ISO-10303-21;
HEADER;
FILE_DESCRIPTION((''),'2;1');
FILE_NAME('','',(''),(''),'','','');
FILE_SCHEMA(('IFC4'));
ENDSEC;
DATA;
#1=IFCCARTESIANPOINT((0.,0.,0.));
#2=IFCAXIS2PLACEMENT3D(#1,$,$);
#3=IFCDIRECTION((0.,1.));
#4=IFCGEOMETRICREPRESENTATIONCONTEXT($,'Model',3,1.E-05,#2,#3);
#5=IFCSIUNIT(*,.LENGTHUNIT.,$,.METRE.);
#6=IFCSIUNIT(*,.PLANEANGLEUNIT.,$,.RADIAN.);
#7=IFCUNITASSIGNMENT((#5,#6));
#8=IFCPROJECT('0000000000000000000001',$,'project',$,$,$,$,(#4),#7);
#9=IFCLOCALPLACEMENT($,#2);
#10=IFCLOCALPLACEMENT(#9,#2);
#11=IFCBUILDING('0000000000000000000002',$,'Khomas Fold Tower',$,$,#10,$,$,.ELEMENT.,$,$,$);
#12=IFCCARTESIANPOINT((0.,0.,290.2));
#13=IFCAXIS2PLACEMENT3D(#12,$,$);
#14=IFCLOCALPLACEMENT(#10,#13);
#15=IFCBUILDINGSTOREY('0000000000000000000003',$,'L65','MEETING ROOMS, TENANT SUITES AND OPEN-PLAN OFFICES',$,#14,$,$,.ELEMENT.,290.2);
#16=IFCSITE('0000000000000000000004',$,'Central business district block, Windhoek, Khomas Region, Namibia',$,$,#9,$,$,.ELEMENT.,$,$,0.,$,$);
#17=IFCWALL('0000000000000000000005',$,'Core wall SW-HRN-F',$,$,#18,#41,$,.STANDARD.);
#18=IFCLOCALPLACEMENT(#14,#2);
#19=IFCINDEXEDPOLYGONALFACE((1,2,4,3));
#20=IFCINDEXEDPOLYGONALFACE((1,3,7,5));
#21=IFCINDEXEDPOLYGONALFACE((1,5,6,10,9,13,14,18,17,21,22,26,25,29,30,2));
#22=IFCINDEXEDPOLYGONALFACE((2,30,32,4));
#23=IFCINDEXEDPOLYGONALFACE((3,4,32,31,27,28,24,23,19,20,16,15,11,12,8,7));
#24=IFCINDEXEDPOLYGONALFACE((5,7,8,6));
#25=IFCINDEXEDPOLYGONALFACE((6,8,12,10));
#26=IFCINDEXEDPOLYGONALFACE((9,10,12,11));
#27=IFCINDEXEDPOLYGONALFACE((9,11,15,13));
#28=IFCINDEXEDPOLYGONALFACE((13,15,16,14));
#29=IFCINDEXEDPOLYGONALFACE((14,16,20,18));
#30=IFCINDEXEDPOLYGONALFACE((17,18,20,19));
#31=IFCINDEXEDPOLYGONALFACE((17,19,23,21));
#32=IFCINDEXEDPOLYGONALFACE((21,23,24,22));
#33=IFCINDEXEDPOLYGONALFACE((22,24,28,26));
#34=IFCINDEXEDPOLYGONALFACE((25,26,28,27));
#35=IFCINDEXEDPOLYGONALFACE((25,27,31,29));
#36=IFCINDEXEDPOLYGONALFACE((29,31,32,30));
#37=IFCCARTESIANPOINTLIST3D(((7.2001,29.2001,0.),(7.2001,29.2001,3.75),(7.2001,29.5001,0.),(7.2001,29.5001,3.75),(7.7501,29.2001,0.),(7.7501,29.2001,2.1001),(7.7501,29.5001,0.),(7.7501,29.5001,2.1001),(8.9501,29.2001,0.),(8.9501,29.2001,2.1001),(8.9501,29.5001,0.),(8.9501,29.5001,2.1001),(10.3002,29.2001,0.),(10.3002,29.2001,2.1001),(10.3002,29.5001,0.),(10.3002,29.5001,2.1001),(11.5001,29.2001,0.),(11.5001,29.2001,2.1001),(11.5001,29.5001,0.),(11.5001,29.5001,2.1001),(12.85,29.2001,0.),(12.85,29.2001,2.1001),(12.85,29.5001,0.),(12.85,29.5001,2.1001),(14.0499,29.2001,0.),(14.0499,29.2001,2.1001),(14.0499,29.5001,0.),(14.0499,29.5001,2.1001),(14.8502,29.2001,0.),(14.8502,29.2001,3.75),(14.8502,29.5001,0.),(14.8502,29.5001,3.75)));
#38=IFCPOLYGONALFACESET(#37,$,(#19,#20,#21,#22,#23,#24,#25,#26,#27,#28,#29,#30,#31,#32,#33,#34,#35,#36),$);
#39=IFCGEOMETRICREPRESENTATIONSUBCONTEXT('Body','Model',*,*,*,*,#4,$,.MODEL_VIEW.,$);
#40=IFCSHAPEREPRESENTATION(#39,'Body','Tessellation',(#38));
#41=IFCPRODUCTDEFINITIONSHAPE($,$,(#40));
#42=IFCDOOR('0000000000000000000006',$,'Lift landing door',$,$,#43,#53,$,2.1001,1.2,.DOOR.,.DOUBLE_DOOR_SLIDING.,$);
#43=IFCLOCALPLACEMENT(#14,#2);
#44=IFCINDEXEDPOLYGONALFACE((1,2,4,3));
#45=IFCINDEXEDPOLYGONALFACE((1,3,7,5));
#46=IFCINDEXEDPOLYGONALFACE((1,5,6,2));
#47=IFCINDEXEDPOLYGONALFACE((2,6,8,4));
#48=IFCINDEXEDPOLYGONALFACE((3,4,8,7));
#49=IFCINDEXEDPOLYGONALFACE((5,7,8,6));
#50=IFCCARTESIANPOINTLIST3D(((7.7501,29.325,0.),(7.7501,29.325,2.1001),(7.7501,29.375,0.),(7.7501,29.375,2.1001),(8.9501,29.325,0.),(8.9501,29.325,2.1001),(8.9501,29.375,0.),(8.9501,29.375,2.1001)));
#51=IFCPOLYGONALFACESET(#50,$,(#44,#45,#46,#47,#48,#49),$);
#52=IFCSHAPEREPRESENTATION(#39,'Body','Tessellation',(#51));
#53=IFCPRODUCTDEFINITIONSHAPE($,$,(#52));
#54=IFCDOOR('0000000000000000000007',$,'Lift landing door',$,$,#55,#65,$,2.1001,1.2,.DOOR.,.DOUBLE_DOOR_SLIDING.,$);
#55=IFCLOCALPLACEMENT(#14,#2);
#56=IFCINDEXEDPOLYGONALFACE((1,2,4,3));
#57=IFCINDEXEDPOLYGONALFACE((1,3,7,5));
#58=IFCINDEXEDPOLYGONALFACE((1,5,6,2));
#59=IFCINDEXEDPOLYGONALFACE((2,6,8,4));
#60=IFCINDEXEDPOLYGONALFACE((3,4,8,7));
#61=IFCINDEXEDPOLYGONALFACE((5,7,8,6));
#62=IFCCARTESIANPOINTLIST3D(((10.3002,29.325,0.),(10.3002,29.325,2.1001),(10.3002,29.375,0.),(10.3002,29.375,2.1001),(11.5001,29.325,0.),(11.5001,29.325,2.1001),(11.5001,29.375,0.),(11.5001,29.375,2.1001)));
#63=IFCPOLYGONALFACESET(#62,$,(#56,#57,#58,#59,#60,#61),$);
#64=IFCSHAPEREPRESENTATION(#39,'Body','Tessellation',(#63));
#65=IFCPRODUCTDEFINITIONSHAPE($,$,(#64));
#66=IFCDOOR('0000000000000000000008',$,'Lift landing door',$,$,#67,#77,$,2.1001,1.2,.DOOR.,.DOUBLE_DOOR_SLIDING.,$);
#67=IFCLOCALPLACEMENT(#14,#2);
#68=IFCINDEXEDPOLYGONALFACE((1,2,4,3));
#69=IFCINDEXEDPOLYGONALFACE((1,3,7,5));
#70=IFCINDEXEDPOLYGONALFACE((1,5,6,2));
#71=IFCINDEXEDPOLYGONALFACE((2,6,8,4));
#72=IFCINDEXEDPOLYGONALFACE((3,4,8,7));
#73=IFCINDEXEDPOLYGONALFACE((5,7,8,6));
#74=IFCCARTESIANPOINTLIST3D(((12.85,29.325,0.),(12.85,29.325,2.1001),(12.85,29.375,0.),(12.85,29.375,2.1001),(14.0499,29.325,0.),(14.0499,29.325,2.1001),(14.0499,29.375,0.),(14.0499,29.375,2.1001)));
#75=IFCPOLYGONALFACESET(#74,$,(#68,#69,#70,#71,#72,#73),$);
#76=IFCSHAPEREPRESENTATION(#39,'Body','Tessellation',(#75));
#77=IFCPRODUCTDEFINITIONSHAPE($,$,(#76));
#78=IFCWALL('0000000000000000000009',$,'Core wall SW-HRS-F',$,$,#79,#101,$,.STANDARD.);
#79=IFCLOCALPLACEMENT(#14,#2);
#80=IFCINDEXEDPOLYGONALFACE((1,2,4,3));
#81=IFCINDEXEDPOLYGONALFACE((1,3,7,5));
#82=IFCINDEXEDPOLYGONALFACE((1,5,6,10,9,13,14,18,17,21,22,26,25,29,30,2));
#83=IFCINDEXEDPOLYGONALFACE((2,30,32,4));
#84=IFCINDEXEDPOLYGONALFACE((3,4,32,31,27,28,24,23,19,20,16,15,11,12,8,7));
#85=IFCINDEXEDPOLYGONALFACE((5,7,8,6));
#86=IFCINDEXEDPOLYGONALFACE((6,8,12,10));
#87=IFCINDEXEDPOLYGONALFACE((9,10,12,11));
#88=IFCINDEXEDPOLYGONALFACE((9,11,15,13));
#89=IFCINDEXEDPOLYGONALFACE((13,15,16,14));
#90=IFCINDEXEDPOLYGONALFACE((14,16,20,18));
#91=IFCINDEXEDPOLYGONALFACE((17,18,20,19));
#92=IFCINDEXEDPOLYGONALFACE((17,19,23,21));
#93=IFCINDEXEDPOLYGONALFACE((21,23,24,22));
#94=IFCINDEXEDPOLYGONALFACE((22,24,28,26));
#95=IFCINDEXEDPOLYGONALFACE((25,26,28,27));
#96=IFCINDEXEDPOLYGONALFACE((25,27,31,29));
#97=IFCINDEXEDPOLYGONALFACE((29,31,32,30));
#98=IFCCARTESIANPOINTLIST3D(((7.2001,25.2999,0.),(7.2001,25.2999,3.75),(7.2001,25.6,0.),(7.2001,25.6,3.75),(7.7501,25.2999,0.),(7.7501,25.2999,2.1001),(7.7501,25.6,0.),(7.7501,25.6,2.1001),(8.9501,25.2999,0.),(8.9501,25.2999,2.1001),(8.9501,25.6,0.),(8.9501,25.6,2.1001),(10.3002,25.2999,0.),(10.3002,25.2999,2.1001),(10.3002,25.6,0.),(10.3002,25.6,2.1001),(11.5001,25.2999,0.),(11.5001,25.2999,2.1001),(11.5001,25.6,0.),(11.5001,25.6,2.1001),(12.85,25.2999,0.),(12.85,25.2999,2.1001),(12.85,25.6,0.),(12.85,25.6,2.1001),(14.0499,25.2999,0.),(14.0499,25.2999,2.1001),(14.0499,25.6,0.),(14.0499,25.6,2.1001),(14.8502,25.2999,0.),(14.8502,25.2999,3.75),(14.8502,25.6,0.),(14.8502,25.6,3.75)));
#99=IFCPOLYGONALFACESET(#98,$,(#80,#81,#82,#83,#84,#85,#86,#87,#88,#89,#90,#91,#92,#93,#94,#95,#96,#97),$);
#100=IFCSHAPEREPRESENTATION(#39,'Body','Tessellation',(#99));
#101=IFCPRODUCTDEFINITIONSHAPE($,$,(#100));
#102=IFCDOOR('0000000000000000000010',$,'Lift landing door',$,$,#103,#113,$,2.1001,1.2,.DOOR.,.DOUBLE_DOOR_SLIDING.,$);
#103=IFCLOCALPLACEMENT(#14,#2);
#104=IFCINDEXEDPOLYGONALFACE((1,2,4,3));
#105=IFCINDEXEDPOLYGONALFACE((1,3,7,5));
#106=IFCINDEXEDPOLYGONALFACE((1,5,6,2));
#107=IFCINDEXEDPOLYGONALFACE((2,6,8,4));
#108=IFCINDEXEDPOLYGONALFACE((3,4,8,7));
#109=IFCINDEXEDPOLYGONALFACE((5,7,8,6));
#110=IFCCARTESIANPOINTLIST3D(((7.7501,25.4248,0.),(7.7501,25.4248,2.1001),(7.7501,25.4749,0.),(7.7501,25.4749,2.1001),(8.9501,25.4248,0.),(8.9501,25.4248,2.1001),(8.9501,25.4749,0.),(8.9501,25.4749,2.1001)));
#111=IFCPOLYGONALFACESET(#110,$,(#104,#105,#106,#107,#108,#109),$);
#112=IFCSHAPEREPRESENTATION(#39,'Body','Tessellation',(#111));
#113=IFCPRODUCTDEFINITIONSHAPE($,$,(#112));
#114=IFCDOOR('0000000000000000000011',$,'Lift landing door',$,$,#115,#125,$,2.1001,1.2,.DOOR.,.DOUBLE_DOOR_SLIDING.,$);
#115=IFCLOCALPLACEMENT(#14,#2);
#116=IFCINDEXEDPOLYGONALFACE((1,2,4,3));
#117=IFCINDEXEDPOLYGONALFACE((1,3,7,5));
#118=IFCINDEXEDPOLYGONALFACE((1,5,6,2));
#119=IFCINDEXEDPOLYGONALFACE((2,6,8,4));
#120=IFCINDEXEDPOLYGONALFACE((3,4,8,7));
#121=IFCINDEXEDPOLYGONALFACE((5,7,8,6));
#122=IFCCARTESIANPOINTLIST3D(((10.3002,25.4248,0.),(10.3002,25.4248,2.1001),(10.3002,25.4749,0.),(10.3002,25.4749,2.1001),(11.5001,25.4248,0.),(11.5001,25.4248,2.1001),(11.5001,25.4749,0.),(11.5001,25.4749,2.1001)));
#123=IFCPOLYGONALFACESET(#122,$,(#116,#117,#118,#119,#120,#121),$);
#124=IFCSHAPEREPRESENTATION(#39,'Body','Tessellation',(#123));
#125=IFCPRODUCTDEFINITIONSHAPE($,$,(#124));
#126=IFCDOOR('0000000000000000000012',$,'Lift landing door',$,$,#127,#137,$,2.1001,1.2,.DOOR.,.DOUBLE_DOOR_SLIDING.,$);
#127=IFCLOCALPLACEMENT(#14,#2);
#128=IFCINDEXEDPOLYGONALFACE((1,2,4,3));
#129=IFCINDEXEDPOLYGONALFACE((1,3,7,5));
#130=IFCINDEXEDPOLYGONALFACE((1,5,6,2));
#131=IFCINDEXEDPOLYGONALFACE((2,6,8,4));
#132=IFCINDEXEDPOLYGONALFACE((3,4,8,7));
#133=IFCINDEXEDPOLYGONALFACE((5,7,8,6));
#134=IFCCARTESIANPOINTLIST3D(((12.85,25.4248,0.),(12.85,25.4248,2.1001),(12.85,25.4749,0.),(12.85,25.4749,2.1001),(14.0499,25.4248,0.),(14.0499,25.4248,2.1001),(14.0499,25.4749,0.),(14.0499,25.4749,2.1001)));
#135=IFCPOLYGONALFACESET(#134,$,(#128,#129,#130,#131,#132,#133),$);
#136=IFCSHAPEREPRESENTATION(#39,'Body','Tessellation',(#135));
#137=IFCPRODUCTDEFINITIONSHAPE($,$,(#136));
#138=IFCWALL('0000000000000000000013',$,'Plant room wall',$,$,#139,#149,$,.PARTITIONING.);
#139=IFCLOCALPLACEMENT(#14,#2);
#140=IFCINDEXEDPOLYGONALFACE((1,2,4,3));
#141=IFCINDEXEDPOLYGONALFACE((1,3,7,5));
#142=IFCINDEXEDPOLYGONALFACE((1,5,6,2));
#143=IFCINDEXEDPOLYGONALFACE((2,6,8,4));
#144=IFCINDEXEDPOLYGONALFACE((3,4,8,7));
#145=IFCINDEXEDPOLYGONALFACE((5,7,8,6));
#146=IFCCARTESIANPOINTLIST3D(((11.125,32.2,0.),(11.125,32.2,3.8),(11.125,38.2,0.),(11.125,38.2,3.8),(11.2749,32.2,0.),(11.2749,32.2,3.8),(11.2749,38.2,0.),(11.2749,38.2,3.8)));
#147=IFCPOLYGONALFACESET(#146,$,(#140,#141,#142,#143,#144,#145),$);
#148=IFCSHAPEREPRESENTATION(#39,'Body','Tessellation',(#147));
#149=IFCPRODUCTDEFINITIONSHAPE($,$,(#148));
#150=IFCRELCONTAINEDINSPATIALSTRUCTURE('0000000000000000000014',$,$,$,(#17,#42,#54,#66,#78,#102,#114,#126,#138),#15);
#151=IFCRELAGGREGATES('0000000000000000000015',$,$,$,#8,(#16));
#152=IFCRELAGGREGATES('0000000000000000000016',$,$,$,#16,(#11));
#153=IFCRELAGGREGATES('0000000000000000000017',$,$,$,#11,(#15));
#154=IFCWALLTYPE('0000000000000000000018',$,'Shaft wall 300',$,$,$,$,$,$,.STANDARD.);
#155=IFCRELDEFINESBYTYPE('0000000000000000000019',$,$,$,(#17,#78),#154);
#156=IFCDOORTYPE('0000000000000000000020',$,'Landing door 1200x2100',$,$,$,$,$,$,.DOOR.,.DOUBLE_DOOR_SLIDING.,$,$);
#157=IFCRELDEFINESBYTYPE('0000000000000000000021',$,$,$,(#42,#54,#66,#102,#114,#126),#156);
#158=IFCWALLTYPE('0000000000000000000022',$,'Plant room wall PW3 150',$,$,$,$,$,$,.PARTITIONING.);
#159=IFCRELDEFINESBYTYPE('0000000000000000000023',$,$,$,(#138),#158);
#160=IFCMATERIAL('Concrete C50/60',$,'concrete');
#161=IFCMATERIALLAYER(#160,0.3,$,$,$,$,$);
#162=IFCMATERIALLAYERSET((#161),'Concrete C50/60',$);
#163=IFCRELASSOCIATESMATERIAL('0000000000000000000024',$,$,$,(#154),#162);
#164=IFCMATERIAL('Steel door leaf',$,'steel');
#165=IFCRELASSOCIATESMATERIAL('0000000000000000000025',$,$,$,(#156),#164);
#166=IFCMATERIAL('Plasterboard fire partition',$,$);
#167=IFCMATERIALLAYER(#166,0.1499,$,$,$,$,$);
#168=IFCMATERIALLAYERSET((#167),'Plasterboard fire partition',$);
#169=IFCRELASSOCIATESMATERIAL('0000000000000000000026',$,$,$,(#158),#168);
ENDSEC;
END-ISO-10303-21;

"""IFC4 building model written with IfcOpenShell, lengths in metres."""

from ifc_helpers import new_model, si_unit, direction, frame, frame_2d, origin, place, context, subcontext, project, spatial, rectangle, extrude, source, transform, mapped, material, layer, layer_set, type_object, element, fill, save


model = new_model("IFC4")

# Units and contexts
model_context = context("Model", 3, precision=1e-05, world=origin(), true_north=direction((0.0, 1.0)))
body_context = subcontext(model_context, "Body", "Model", "MODEL_VIEW")
ifc_project = project(units=[si_unit("LENGTHUNIT", "METRE"), si_unit("PLANEANGLEUNIT", "RADIAN")], contexts=[model_context])

# Site, building, storey
site_placement = place(None, origin())
site = spatial("IfcSite", under=ifc_project, at=site_placement, Name="Central business district block, Windhoek, Khomas Region, Namibia", CompositionType="ELEMENT", RefElevation=0.0)
building_placement = place(site_placement, origin())
building = spatial("IfcBuilding", under=site, at=building_placement, Name="Khomas Fold Tower", CompositionType="ELEMENT")
storey_placement = place(building_placement, frame((0.0, 0.0, 290.2)))
storey = spatial("IfcBuildingStorey", under=building, at=storey_placement, Name="L65", Description="MEETING ROOMS, TENANT SUITES AND OPEN-PLAN OFFICES", CompositionType="ELEMENT", Elevation=290.2)

# Shared definitions
ifc_material_1 = material(Name="Concrete C50/60", Category="concrete")
ifc_layer_1 = layer(ifc_material_1, 0.3)
ifc_layer_set_1 = layer_set([ifc_layer_1], Name="Concrete C50/60")
wall_type_1 = type_object("IfcWallType", Name="Shaft wall 300", PredefinedType="STANDARD", material=ifc_layer_set_1)
shared_shape_1 = source(origin(), body_context, "Body", "SweptSolid", [
    extrude(rectangle(XDim=7.6501, YDim=0.3, at=frame_2d((3.8252, 0.0))), origin(), (0.0, 0.0, 1.0), 3.75),
])

# Walls, openings, doors
wall_1_placement = place(storey_placement, frame((7.2, 29.3501, 0.0), z_axis=(0.0, 0.0, 1.0), x_axis=(1.0, 0.0, 0.0)))
wall_1 = element("IfcWall", 1, at=wall_1_placement, inside=storey, type_object=wall_type_1, Name="Core wall SW-HRN-F", PredefinedType="STANDARD", context=body_context, shape_type="MappedRepresentation", body=[
    mapped(shared_shape_1, transform((0.0, 0.0, 0.0))),
])
shared_shape_2 = source(origin(), body_context, "Body", "SweptSolid", [
    extrude(rectangle(XDim=1.2, YDim=2.1001, at=frame_2d((0.6001, 1.05))), frame((0.0, 0.1599, 0.0), z_axis=(0.0, -1.0, 0.0), x_axis=(1.0, 0.0, 0.0)), (0.0, 0.0, 1.0), 0.3201),
])
opening_1_placement = place(wall_1_placement, frame((0.55, 0.0, 0.0)))
opening_1 = element("IfcOpeningElement", 2, at=opening_1_placement, cuts=wall_1, PredefinedType="OPENING", context=body_context, shape_type="MappedRepresentation", body=[
    mapped(shared_shape_2, transform((0.0, 0.0, 0.0))),
])
opening_2_placement = place(wall_1_placement, frame((3.1001, 0.0, 0.0)))
opening_2 = element("IfcOpeningElement", 3, at=opening_2_placement, cuts=wall_1, PredefinedType="OPENING", context=body_context, shape_type="MappedRepresentation", body=[
    mapped(shared_shape_2, transform((0.0, 0.0, 0.0))),
])
opening_3_placement = place(wall_1_placement, frame((5.6499, 0.0, 0.0)))
opening_3 = element("IfcOpeningElement", 4, at=opening_3_placement, cuts=wall_1, PredefinedType="OPENING", context=body_context, shape_type="MappedRepresentation", body=[
    mapped(shared_shape_2, transform((0.0, 0.0, 0.0))),
])
ifc_material_2 = material(Name="Steel door leaf", Category="steel")
door_type_1 = type_object("IfcDoorType", Name="Landing door 1200x2100", OperationType="DOUBLE_DOOR_SLIDING", PredefinedType="DOOR", material=ifc_material_2)
shared_shape_3 = source(origin(), body_context, "Body", "SweptSolid", [
    extrude(rectangle(XDim=1.2, YDim=2.1001, at=frame_2d((0.6001, 1.05))), frame((0.0, 0.0249, 0.0), z_axis=(0.0, -1.0, 0.0), x_axis=(1.0, 0.0, 0.0)), (0.0, 0.0, 1.0), 0.05),
])
door_1_placement = place(opening_1_placement, origin())
door_1 = element("IfcDoor", 5, at=door_1_placement, inside=storey, type_object=door_type_1, Name="Lift landing door", OperationType="DOUBLE_DOOR_SLIDING", OverallHeight=2.1001, OverallWidth=1.2, PredefinedType="DOOR", context=body_context, shape_type="MappedRepresentation", body=[
    mapped(shared_shape_3, transform((0.0, 0.0, 0.0))),
])
fill(opening_1, door_1)
door_2_placement = place(opening_2_placement, origin())
door_2 = element("IfcDoor", 6, at=door_2_placement, inside=storey, type_object=door_type_1, Name="Lift landing door", OperationType="DOUBLE_DOOR_SLIDING", OverallHeight=2.1001, OverallWidth=1.2, PredefinedType="DOOR", context=body_context, shape_type="MappedRepresentation", body=[
    mapped(shared_shape_3, transform((0.0, 0.0, 0.0))),
])
fill(opening_2, door_2)
door_3_placement = place(opening_3_placement, origin())
door_3 = element("IfcDoor", 7, at=door_3_placement, inside=storey, type_object=door_type_1, Name="Lift landing door", OperationType="DOUBLE_DOOR_SLIDING", OverallHeight=2.1001, OverallWidth=1.2, PredefinedType="DOOR", context=body_context, shape_type="MappedRepresentation", body=[
    mapped(shared_shape_3, transform((0.0, 0.0, 0.0))),
])
fill(opening_3, door_3)
wall_2_placement = place(storey_placement, frame((7.2, 25.45, 0.0), z_axis=(0.0, 0.0, 1.0), x_axis=(1.0, 0.0, 0.0)))
wall_2 = element("IfcWall", 8, at=wall_2_placement, inside=storey, type_object=wall_type_1, Name="Core wall SW-HRS-F", PredefinedType="STANDARD", context=body_context, shape_type="MappedRepresentation", body=[
    mapped(shared_shape_1, transform((0.0, 0.0, 0.0))),
])
opening_4_placement = place(wall_2_placement, frame((0.55, 0.0, 0.0)))
opening_4 = element("IfcOpeningElement", 9, at=opening_4_placement, cuts=wall_2, PredefinedType="OPENING", context=body_context, shape_type="MappedRepresentation", body=[
    mapped(shared_shape_2, transform((0.0, 0.0, 0.0))),
])
opening_5_placement = place(wall_2_placement, frame((3.1001, 0.0, 0.0)))
opening_5 = element("IfcOpeningElement", 10, at=opening_5_placement, cuts=wall_2, PredefinedType="OPENING", context=body_context, shape_type="MappedRepresentation", body=[
    mapped(shared_shape_2, transform((0.0, 0.0, 0.0))),
])
opening_6_placement = place(wall_2_placement, frame((5.6499, 0.0, 0.0)))
opening_6 = element("IfcOpeningElement", 11, at=opening_6_placement, cuts=wall_2, PredefinedType="OPENING", context=body_context, shape_type="MappedRepresentation", body=[
    mapped(shared_shape_2, transform((0.0, 0.0, 0.0))),
])
door_4_placement = place(opening_4_placement, origin())
door_4 = element("IfcDoor", 12, at=door_4_placement, inside=storey, type_object=door_type_1, Name="Lift landing door", OperationType="DOUBLE_DOOR_SLIDING", OverallHeight=2.1001, OverallWidth=1.2, PredefinedType="DOOR", context=body_context, shape_type="MappedRepresentation", body=[
    mapped(shared_shape_3, transform((0.0, 0.0, 0.0))),
])
fill(opening_4, door_4)
door_5_placement = place(opening_5_placement, origin())
door_5 = element("IfcDoor", 13, at=door_5_placement, inside=storey, type_object=door_type_1, Name="Lift landing door", OperationType="DOUBLE_DOOR_SLIDING", OverallHeight=2.1001, OverallWidth=1.2, PredefinedType="DOOR", context=body_context, shape_type="MappedRepresentation", body=[
    mapped(shared_shape_3, transform((0.0, 0.0, 0.0))),
])
fill(opening_5, door_5)
door_6_placement = place(opening_6_placement, origin())
door_6 = element("IfcDoor", 14, at=door_6_placement, inside=storey, type_object=door_type_1, Name="Lift landing door", OperationType="DOUBLE_DOOR_SLIDING", OverallHeight=2.1001, OverallWidth=1.2, PredefinedType="DOOR", context=body_context, shape_type="MappedRepresentation", body=[
    mapped(shared_shape_3, transform((0.0, 0.0, 0.0))),
])
fill(opening_6, door_6)

# Wall
ifc_material_3 = material(Name="Plasterboard fire partition")
ifc_layer_2 = layer(ifc_material_3, 0.1499)
ifc_layer_set_2 = layer_set([ifc_layer_2], Name="Plasterboard fire partition")
wall_type_2 = type_object("IfcWallType", Name="Plant room wall PW3 150", PredefinedType="PARTITIONING", material=ifc_layer_set_2)
shared_shape_4 = source(origin(), body_context, "Body", "SweptSolid", [
    extrude(rectangle(XDim=6.0, YDim=0.1499, at=frame_2d((3.0, 0.0))), origin(), (0.0, 0.0, 1.0), 3.8),
])
wall_3_placement = place(storey_placement, frame((11.2, 32.2, 0.0), z_axis=(0.0, 0.0, 1.0), x_axis=(0.0, 1.0, 0.0)))
element("IfcWall", 15, at=wall_3_placement, inside=storey, type_object=wall_type_2, Name="Plant room wall", PredefinedType="PARTITIONING", context=body_context, shape_type="MappedRepresentation", body=[
    mapped(shared_shape_4, transform((0.0, 0.0, 0.0))),
])

save(model, "model.ifc")
